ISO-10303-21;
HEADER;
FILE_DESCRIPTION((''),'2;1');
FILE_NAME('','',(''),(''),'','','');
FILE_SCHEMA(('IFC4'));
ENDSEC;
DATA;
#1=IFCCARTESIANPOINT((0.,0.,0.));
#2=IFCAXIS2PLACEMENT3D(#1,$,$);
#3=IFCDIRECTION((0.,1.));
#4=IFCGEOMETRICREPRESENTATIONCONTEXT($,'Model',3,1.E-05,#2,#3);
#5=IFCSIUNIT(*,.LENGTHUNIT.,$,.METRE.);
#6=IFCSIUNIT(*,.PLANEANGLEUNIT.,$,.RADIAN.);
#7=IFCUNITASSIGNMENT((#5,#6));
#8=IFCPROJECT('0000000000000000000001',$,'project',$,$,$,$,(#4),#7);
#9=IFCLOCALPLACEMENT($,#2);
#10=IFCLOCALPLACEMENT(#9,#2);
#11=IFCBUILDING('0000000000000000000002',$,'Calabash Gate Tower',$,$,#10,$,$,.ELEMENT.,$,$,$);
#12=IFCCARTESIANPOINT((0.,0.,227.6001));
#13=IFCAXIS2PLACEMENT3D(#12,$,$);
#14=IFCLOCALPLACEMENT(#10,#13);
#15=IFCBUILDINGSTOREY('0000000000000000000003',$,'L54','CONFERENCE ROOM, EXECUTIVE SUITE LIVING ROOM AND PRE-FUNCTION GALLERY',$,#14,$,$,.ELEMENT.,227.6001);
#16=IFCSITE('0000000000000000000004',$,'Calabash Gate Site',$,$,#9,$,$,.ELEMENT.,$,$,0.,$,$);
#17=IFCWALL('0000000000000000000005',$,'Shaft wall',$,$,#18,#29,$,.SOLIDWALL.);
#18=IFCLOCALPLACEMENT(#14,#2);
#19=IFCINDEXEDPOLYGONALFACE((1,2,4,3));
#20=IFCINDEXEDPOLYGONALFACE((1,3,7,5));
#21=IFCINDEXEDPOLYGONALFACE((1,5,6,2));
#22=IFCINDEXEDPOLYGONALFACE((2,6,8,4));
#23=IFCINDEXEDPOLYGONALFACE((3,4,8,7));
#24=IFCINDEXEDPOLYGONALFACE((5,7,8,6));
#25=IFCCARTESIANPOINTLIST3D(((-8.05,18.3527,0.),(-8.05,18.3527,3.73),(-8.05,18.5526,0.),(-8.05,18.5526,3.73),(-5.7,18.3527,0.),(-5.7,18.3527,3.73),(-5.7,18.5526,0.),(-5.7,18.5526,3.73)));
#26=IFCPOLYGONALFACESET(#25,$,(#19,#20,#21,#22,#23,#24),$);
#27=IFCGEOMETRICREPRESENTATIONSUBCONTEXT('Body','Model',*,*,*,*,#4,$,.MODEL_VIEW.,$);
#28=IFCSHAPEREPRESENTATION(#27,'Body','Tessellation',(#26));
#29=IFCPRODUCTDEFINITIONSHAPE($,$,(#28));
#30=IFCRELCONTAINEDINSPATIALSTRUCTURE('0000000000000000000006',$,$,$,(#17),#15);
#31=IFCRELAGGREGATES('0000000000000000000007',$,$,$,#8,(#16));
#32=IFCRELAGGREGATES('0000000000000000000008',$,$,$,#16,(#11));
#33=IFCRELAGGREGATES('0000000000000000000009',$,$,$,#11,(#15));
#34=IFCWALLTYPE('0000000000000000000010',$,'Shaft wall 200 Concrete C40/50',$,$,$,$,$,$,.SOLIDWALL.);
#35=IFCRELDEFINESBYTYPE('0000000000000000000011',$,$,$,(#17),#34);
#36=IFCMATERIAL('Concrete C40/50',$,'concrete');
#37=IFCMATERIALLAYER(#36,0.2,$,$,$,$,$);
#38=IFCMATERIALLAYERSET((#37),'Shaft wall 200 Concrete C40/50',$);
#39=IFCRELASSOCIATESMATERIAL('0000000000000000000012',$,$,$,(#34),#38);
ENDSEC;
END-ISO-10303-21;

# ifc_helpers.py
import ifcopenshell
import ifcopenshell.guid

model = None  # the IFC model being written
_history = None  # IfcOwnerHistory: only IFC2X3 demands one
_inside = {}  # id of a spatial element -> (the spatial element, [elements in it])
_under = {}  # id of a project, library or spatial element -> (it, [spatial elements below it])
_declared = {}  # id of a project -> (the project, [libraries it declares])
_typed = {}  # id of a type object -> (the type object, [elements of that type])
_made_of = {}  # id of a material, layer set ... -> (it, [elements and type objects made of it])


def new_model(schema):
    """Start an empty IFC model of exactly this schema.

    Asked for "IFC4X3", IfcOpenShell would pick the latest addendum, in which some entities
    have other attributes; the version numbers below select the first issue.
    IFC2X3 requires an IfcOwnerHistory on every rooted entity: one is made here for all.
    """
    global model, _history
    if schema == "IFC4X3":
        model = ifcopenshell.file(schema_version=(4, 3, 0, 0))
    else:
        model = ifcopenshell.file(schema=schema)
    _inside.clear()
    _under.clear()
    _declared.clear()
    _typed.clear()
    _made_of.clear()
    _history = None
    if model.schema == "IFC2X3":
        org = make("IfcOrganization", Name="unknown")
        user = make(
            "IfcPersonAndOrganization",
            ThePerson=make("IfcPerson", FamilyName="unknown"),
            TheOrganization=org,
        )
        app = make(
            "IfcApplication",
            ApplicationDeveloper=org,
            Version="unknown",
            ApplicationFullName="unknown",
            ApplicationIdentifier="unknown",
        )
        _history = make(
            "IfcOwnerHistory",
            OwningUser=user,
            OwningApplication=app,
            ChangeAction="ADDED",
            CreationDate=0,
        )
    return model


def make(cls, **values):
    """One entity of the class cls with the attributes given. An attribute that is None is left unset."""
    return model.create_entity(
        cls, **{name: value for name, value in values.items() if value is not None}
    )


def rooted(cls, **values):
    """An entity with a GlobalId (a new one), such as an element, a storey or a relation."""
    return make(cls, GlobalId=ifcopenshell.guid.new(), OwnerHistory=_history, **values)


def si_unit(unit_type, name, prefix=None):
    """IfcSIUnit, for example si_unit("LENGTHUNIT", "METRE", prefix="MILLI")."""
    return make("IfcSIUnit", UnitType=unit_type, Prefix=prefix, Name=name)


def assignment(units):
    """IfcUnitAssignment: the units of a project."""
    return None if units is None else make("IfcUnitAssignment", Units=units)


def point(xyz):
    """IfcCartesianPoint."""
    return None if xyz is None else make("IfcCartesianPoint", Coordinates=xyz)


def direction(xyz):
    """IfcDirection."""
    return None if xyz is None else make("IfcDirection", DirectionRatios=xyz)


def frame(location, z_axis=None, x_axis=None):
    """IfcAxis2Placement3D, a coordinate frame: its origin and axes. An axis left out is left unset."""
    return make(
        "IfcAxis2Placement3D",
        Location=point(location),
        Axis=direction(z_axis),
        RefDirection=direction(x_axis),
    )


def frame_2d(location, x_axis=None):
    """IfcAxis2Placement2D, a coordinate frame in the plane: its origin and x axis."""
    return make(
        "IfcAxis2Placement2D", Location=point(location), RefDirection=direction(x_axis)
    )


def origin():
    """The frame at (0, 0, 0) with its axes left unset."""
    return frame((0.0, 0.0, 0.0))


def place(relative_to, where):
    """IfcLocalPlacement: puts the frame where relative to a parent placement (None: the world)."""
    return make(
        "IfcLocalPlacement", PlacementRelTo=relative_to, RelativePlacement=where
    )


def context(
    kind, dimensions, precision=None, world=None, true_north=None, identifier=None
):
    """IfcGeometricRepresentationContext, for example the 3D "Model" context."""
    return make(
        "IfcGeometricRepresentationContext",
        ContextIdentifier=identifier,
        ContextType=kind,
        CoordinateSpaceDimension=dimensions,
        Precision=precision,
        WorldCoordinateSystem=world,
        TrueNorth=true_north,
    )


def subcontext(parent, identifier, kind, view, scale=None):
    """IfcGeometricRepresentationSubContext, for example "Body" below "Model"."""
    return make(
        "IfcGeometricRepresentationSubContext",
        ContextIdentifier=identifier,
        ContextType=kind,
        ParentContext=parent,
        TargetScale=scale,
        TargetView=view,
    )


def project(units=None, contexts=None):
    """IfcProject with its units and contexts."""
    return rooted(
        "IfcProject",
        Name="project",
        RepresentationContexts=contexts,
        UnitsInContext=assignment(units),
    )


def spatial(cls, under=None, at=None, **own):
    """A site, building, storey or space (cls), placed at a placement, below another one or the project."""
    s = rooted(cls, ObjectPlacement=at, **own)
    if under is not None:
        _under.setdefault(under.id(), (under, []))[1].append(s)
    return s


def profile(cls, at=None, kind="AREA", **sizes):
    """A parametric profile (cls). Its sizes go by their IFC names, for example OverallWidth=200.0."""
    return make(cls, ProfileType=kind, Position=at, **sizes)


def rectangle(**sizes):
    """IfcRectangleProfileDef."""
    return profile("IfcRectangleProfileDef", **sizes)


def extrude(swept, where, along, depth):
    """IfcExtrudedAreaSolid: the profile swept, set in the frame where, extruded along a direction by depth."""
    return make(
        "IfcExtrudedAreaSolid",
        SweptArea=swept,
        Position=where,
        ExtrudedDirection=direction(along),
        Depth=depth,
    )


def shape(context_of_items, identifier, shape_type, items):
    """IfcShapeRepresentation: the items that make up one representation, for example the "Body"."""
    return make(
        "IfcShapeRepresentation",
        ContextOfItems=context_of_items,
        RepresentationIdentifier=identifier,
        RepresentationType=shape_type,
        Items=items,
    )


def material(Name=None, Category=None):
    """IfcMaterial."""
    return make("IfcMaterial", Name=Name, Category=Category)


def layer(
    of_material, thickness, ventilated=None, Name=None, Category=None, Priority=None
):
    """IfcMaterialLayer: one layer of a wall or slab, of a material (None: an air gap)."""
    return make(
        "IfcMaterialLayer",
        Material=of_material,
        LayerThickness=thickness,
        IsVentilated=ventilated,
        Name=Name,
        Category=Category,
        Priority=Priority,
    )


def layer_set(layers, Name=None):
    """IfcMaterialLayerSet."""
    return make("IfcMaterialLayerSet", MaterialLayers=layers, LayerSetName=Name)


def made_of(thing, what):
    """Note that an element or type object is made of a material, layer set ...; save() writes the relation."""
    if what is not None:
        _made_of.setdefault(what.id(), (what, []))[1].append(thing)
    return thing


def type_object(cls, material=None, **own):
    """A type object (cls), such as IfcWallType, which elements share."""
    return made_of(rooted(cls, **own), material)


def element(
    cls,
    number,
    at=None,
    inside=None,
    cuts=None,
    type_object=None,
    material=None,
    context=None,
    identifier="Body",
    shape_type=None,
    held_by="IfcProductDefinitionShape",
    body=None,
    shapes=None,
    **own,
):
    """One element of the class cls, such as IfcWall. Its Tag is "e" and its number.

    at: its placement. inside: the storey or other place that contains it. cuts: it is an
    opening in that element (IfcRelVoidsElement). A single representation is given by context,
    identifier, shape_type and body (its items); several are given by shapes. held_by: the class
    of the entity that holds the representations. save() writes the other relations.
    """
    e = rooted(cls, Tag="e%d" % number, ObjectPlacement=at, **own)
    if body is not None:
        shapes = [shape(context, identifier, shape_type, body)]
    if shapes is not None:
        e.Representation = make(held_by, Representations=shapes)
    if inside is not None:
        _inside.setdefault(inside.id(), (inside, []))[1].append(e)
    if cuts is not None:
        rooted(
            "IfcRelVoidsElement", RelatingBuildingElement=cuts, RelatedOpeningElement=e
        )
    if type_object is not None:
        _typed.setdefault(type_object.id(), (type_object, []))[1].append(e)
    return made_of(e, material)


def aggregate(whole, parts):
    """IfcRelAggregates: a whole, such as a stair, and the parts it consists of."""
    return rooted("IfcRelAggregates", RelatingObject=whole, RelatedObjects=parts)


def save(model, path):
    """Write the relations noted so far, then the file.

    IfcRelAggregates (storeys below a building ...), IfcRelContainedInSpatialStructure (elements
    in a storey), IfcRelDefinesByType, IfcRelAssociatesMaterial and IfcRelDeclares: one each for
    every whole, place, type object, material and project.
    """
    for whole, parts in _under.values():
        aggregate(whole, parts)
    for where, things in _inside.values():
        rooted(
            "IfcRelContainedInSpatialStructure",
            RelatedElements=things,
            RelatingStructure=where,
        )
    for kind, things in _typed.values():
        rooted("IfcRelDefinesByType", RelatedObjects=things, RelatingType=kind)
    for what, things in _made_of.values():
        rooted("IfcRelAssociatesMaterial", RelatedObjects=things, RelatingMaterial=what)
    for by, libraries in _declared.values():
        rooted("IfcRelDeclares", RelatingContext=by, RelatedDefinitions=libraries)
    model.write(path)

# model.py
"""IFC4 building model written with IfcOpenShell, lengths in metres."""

from ifc_helpers import new_model, si_unit, direction, frame, frame_2d, origin, place, context, subcontext, project, spatial, rectangle, extrude, material, layer, layer_set, type_object, element, save


model = new_model("IFC4")

# Units and contexts
model_context = context("Model", 3, precision=1e-05, world=origin(), true_north=direction((0.0, 1.0)))
body_context = subcontext(model_context, "Body", "Model", "MODEL_VIEW")
ifc_project = project(units=[si_unit("LENGTHUNIT", "METRE"), si_unit("PLANEANGLEUNIT", "RADIAN")], contexts=[model_context])

# Site, building, storey
site_placement = place(None, origin())
site = spatial("IfcSite", under=ifc_project, at=site_placement, Name="Calabash Gate Site", CompositionType="ELEMENT", RefElevation=0.0)
building_placement = place(site_placement, origin())
building = spatial("IfcBuilding", under=site, at=building_placement, Name="Calabash Gate Tower", CompositionType="ELEMENT")
storey_placement = place(building_placement, frame((0.0, 0.0, 227.6001)))
storey = spatial("IfcBuildingStorey", under=building, at=storey_placement, Name="L54", Description="CONFERENCE ROOM, EXECUTIVE SUITE LIVING ROOM AND PRE-FUNCTION GALLERY", CompositionType="ELEMENT", Elevation=227.6001)

# Shared definitions
ifc_material_1 = material(Name="Concrete C40/50", Category="concrete")
ifc_layer_1 = layer(ifc_material_1, 0.2)
ifc_layer_set_1 = layer_set([ifc_layer_1], Name="Shaft wall 200 Concrete C40/50")
wall_type_1 = type_object("IfcWallType", Name="Shaft wall 200 Concrete C40/50", PredefinedType="SOLIDWALL", material=ifc_layer_set_1)

# Wall
wall_1_placement = place(storey_placement, frame((-8.05, 18.4526, 0.0), z_axis=(0.0, 0.0, 1.0), x_axis=(1.0, 0.0, 0.0)))
element("IfcWall", 1, at=wall_1_placement, inside=storey, type_object=wall_type_1, Name="Shaft wall", PredefinedType="SOLIDWALL", context=body_context, shape_type="SweptSolid", body=[
    extrude(rectangle(XDim=2.3501, YDim=0.2, at=frame_2d((1.175, 0.0))), origin(), (0.0, 0.0, 1.0), 3.73),
])

save(model, "model.ifc")
